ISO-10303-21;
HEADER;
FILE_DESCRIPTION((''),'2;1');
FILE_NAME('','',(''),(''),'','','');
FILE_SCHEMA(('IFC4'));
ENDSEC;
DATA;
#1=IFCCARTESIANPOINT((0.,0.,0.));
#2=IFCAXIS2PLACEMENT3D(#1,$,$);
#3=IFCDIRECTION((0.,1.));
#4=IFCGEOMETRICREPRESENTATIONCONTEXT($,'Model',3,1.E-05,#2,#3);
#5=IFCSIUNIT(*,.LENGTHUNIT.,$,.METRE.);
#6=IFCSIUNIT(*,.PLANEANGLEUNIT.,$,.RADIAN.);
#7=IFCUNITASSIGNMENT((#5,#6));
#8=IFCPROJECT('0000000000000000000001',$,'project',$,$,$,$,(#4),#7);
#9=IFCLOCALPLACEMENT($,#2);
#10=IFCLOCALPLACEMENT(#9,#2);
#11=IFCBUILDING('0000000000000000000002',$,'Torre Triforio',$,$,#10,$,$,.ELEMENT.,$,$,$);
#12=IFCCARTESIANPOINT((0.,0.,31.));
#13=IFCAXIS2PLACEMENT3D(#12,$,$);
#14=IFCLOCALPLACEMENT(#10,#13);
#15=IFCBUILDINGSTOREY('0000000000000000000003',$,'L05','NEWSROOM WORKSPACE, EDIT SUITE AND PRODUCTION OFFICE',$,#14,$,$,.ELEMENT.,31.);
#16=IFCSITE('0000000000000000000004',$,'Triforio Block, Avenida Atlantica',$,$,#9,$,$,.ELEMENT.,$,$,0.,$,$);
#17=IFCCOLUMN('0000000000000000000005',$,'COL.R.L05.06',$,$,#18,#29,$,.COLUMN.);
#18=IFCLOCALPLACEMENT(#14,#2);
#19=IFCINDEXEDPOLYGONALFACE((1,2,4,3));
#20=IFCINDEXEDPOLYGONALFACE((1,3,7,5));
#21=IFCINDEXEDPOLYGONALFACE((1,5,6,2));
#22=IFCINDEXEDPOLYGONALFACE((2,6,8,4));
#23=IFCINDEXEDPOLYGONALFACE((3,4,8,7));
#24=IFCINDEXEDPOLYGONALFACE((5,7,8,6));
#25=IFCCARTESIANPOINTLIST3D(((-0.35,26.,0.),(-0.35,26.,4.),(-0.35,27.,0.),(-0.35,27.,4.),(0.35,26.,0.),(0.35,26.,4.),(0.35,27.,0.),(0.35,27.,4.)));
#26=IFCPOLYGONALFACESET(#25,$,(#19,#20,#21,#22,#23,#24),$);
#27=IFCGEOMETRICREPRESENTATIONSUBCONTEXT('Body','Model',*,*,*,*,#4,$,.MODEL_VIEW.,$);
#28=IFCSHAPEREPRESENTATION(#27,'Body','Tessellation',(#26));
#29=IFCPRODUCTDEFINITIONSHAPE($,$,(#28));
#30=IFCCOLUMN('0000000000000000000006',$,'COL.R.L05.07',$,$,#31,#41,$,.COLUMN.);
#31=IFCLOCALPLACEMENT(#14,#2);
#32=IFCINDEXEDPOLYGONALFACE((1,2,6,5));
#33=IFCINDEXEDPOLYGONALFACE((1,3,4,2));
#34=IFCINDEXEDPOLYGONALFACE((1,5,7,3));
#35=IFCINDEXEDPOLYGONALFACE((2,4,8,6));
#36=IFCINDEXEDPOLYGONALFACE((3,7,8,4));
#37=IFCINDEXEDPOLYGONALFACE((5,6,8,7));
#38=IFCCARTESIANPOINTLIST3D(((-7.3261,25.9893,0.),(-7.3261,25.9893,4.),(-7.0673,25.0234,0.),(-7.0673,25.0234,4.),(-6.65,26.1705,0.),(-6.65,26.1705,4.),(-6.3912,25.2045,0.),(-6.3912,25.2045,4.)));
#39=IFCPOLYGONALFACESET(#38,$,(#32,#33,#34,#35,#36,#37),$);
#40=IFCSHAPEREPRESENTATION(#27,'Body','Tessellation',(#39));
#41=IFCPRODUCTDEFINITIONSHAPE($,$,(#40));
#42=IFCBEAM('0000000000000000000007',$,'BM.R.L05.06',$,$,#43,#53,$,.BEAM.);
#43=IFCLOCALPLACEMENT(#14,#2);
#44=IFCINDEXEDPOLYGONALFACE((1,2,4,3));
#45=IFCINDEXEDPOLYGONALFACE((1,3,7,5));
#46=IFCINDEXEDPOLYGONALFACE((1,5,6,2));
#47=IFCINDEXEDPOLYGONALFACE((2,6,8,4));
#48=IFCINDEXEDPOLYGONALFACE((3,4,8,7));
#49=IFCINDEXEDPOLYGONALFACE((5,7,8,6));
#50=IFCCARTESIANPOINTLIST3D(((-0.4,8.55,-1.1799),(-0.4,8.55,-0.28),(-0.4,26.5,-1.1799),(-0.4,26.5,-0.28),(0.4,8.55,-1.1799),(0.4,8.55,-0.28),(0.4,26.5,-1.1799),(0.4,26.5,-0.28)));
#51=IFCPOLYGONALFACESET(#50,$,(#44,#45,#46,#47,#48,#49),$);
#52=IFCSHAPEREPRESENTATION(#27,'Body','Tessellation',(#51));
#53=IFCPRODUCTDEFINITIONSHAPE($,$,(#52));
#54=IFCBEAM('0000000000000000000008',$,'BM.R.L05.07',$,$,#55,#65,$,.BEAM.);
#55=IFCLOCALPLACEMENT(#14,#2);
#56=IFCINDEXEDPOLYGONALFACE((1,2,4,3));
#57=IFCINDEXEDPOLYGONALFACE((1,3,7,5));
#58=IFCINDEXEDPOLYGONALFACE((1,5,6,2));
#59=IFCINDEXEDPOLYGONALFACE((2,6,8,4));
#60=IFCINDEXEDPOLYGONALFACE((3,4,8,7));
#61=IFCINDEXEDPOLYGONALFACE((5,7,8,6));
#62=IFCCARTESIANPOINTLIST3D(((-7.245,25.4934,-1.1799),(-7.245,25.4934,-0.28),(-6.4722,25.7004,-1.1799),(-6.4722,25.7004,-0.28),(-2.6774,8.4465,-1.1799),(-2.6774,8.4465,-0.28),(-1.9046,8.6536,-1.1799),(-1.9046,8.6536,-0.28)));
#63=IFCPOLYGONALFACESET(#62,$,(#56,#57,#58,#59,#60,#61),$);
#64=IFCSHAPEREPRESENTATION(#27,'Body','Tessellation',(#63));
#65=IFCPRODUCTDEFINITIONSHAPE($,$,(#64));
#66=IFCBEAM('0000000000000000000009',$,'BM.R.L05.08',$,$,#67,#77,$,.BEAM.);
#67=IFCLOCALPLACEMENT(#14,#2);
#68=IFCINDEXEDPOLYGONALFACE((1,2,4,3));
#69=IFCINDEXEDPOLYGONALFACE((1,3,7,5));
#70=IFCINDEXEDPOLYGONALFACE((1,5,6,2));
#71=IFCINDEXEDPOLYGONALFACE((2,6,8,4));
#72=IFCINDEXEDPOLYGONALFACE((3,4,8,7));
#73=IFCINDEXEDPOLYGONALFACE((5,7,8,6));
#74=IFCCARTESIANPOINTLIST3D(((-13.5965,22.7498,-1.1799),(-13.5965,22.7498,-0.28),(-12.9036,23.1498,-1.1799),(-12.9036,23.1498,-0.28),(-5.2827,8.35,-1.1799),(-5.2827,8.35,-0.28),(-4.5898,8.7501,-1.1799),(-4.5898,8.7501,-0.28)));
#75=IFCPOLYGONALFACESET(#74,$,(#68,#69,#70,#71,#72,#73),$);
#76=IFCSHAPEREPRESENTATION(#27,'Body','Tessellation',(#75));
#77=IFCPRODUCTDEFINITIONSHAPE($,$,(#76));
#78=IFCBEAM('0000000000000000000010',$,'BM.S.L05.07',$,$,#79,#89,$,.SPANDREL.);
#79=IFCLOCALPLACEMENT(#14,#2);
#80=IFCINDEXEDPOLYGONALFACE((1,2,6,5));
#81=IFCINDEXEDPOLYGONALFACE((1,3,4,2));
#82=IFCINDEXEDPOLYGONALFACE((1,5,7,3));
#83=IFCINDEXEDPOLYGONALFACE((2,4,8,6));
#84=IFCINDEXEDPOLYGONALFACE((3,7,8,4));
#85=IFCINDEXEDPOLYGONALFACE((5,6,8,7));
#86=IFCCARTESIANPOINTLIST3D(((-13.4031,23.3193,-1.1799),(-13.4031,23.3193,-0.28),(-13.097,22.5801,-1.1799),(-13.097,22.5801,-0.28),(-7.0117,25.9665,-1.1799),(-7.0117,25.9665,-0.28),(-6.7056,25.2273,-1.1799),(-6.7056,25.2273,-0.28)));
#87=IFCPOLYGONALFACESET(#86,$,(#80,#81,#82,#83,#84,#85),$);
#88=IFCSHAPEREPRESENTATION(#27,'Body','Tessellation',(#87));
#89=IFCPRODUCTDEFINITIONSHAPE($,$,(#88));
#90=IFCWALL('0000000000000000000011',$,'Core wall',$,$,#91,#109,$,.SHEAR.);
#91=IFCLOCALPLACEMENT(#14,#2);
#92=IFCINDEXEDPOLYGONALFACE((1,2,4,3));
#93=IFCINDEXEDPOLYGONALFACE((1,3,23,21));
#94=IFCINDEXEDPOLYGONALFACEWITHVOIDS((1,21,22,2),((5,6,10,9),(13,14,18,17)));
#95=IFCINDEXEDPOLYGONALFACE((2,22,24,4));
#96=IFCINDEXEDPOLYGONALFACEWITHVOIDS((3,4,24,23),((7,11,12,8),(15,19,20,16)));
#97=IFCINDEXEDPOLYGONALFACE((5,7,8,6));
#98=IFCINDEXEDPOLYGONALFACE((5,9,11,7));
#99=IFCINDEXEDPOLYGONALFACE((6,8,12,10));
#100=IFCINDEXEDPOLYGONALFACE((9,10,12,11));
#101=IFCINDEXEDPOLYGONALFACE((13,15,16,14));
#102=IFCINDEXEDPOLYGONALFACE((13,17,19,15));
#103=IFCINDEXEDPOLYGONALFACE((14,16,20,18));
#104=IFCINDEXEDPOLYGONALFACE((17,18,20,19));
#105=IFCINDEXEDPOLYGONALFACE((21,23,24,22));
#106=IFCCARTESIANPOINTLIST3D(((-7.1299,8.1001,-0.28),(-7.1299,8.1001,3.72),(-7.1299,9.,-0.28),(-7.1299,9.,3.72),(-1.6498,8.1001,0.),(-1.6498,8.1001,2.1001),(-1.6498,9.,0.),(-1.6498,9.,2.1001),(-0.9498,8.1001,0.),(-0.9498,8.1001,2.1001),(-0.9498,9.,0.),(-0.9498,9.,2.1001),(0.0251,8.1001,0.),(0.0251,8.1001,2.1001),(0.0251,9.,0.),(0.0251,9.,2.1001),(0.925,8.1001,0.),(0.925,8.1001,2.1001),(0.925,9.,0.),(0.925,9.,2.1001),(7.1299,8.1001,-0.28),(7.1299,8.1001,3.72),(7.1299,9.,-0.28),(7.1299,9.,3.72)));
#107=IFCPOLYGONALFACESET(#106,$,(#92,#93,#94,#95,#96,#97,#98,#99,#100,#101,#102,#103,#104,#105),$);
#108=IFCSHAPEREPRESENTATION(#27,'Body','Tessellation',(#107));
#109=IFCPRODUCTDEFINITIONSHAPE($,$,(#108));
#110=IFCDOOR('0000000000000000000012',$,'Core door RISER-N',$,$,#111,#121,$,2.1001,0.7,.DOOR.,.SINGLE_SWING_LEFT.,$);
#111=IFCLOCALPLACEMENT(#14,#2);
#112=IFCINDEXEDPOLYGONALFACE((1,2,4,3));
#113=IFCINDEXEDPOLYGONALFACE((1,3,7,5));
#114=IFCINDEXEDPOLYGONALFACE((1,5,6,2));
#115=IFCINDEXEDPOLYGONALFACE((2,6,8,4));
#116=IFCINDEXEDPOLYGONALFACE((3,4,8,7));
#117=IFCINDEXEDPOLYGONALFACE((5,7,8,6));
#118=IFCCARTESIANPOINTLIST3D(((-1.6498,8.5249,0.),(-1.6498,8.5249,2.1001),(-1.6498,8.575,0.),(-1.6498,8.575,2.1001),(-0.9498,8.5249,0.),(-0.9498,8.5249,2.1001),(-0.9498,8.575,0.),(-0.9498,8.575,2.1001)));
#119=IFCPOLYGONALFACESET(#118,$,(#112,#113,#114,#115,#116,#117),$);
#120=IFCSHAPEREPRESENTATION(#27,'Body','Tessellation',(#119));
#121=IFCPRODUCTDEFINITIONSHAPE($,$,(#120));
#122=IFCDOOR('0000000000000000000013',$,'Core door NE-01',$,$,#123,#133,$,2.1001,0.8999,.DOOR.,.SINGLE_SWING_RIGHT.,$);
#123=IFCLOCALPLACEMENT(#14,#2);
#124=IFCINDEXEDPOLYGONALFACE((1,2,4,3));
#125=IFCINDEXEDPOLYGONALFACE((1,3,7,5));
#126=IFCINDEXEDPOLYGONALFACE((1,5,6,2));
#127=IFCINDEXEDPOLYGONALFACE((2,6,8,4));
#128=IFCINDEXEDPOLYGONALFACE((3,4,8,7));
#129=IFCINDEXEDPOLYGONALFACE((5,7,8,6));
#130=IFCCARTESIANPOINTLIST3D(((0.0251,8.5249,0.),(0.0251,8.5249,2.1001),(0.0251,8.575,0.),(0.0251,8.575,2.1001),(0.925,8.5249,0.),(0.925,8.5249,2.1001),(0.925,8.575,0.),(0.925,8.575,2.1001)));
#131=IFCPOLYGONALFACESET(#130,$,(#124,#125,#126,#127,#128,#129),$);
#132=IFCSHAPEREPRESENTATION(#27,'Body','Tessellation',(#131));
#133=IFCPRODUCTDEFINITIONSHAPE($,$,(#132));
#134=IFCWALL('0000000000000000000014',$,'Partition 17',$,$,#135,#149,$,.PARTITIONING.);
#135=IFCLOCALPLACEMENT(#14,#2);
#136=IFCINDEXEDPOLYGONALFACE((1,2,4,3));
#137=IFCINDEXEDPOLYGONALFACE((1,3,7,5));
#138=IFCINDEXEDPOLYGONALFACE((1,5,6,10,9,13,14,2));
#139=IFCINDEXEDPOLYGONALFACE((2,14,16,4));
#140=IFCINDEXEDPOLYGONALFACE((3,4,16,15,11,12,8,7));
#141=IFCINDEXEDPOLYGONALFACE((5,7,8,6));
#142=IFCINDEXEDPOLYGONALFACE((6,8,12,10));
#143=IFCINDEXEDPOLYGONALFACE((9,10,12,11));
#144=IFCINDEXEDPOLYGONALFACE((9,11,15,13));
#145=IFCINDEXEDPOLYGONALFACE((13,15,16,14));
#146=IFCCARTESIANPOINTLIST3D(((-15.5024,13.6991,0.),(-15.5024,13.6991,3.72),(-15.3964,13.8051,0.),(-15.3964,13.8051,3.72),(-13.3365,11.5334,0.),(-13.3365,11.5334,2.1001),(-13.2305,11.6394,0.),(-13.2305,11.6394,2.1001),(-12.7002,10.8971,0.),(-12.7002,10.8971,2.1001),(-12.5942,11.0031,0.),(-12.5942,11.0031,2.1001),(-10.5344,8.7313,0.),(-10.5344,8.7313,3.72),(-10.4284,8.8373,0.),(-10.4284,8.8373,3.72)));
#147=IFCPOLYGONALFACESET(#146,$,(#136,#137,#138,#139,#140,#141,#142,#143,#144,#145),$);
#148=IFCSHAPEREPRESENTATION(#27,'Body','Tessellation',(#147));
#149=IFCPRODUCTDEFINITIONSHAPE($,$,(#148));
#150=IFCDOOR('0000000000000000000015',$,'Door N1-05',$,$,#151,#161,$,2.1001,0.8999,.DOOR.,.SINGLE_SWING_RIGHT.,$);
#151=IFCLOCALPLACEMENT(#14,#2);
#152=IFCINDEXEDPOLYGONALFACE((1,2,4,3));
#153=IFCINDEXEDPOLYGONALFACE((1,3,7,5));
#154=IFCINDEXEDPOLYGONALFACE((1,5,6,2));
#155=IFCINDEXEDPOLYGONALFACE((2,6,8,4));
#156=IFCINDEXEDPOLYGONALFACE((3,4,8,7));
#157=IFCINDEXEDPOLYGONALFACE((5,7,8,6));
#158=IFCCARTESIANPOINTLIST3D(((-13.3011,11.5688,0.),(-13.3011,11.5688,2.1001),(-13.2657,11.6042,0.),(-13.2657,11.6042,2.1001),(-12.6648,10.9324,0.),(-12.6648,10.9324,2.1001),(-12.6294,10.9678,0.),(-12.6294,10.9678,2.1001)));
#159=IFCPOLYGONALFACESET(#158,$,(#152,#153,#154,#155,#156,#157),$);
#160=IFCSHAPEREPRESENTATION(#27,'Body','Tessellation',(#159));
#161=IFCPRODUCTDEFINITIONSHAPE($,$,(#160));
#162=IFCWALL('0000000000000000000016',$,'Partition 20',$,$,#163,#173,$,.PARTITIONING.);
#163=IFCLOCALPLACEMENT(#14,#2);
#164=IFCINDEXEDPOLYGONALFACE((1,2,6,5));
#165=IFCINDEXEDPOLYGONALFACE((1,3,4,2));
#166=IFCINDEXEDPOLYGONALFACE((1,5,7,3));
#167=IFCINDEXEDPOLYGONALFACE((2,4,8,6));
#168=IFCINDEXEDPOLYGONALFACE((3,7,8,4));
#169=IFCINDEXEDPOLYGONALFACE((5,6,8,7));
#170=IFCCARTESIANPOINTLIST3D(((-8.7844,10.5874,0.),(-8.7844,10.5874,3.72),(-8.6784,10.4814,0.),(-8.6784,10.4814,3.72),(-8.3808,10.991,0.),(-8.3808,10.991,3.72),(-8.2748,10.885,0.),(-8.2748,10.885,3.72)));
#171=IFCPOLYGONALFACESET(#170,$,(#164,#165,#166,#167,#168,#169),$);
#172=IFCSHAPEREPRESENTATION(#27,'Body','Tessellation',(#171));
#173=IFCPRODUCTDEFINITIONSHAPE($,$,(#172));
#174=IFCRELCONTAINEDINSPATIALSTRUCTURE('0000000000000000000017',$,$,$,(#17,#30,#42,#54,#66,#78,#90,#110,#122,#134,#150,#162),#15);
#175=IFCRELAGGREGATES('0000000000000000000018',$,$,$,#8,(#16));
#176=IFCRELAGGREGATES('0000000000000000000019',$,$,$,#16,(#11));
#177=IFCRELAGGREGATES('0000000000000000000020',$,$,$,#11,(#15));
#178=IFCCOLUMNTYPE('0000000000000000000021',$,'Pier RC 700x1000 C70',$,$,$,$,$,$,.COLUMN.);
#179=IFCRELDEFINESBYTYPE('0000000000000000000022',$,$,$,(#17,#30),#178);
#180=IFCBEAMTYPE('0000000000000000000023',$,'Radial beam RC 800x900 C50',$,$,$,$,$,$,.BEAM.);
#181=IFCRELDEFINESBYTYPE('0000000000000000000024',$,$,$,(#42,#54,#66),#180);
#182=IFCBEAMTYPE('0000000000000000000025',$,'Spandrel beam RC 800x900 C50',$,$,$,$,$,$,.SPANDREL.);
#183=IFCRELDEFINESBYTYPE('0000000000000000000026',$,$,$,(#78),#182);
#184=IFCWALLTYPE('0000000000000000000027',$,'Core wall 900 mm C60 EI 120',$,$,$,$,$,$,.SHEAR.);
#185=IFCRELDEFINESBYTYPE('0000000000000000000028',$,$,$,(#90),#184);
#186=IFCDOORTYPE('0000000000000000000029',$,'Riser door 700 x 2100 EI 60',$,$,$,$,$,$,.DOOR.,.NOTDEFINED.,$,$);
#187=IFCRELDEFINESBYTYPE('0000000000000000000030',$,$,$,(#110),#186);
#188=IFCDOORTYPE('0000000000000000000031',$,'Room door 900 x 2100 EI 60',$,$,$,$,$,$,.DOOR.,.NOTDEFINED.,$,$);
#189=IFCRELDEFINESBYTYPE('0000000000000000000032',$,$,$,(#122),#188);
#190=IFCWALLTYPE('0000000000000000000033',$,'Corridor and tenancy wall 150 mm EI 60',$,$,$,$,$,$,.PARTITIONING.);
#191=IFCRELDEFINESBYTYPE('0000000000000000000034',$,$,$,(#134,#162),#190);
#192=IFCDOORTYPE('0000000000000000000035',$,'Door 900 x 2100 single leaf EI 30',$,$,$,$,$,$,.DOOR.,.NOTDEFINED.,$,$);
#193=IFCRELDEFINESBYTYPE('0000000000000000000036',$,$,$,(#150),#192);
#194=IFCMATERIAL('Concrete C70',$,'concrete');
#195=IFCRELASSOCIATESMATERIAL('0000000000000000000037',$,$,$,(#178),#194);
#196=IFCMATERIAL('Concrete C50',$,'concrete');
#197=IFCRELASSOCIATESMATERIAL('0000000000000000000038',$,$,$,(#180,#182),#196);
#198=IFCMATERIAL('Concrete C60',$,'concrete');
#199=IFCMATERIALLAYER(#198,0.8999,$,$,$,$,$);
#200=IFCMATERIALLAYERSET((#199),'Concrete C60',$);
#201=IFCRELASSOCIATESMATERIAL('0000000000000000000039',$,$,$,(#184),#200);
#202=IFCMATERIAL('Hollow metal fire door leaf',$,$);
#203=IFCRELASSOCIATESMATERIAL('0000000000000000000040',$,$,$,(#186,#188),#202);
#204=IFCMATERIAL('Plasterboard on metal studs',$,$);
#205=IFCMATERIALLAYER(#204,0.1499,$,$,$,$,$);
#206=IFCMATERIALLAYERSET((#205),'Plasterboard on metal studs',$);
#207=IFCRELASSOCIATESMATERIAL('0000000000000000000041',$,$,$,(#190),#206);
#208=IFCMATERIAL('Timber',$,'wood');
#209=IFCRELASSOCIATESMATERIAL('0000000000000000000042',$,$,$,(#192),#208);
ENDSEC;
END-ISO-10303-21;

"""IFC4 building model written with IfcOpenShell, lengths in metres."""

from ifc_helpers import new_model, si_unit, direction, frame, frame_2d, origin, origin_2d, place, context, subcontext, project, spatial, rectangle, extrude, material, layer, layer_set, material_profile, profile_set, type_object, element, fill, save


model = new_model("IFC4")

# Units and contexts
model_context = context("Model", 3, precision=1e-05, world=origin(), true_north=direction((0.0, 1.0)))
body_context = subcontext(model_context, "Body", "Model", "MODEL_VIEW")
ifc_project = project(units=[si_unit("LENGTHUNIT", "METRE"), si_unit("PLANEANGLEUNIT", "RADIAN")], contexts=[model_context])

# Site, building, storey
site_placement = place(None, origin())
site = spatial("IfcSite", under=ifc_project, at=site_placement, Name="Triforio Block, Avenida Atlantica", CompositionType="ELEMENT", RefElevation=0.0)
building_placement = place(site_placement, origin())
building = spatial("IfcBuilding", under=site, at=building_placement, Name="Torre Triforio", CompositionType="ELEMENT")
storey_placement = place(building_placement, frame((0.0, 0.0, 31.0)))
storey = spatial("IfcBuildingStorey", under=building, at=storey_placement, Name="L05", Description="NEWSROOM WORKSPACE, EDIT SUITE AND PRODUCTION OFFICE", CompositionType="ELEMENT", Elevation=31.0)

# Columns
ifc_material_1 = material(Name="Concrete C70", Category="concrete")
ifc_material_profile_1 = material_profile(ifc_material_1, rectangle(XDim=0.7, YDim=1.0, at=origin_2d()), Name="RC 700x1000")
ifc_profile_set_1 = profile_set([ifc_material_profile_1], Name="Concrete C70")
column_type = type_object("IfcColumnType", Name="Pier RC 700x1000 C70", PredefinedType="COLUMN", material=ifc_profile_set_1)
for number, where, z_axis, x_axis, name in (
    (1, (0.0, 26.5, 0.0), (0.0, 0.0, 1.0), (-1.0, 0.0, 0.0), "COL.R.L05.06"),
    (2, (-6.8586, 25.5969, 0.0), (0.0, 0.0, 1.0), (-0.965926, -0.258819, 0.0), "COL.R.L05.07"),
):
    element("IfcColumn", number, at=place(storey_placement, frame(where, z_axis=z_axis, x_axis=x_axis)), inside=storey, type_object=column_type, Name=name, PredefinedType="COLUMN", context=body_context, shape_type="SweptSolid", body=[
        extrude(rectangle(XDim=0.7, YDim=1.0, at=origin_2d()), origin(), (0.0, 0.0, 1.0), 4.0),
    ])

# Beams
ifc_material_2 = material(Name="Concrete C50", Category="concrete")
ifc_material_profile_2 = material_profile(ifc_material_2, rectangle(XDim=0.8, YDim=0.8999, at=origin_2d()), Name="RC 800x900")
ifc_profile_set_2 = profile_set([ifc_material_profile_2], Name="Concrete C50")
beam_type_1 = type_object("IfcBeamType", Name="Radial beam RC 800x900 C50", PredefinedType="BEAM", material=ifc_profile_set_2)
beam_1_placement = place(storey_placement, frame((0.0, 8.55, -0.73), z_axis=(0.0, 1.0, 0.0), x_axis=(-1.0, 0.0, 0.0)))
element("IfcBeam", 3, at=beam_1_placement, inside=storey, type_object=beam_type_1, Name="BM.R.L05.06", PredefinedType="BEAM", context=body_context, shape_type="SweptSolid", body=[
    extrude(rectangle(XDim=0.8, YDim=0.8999, at=origin_2d()), origin(), (0.0, 0.0, 1.0), 17.95),
])
beam_2_placement = place(storey_placement, frame((-2.291, 8.55, -0.73), z_axis=(-0.258815, 0.965927, 0.0), x_axis=(-0.965927, -0.258815, 0.0)))
element("IfcBeam", 4, at=beam_2_placement, inside=storey, type_object=beam_type_1, Name="BM.R.L05.07", PredefinedType="BEAM", context=body_context, shape_type="SweptSolid", body=[
    extrude(rectangle(XDim=0.8, YDim=0.8999, at=origin_2d()), origin(), (0.0, 0.0, 1.0), 17.6482),
])
beam_3_placement = place(storey_placement, frame((-4.9363, 8.55, -0.73), z_axis=(-0.500003, 0.866023, 0.0), x_axis=(-0.866023, -0.500003, 0.0)))
element("IfcBeam", 5, at=beam_3_placement, inside=storey, type_object=beam_type_1, Name="BM.R.L05.08", PredefinedType="BEAM", context=body_context, shape_type="SweptSolid", body=[
    extrude(rectangle(XDim=0.8, YDim=0.8999, at=origin_2d()), origin(), (0.0, 0.0, 1.0), 16.6274),
])
ifc_material_profile_3 = material_profile(ifc_material_2, rectangle(XDim=0.8, YDim=0.8999, at=origin_2d()), Name="RC 800x900")
ifc_profile_set_3 = profile_set([ifc_material_profile_3], Name="Concrete C50")
beam_type_2 = type_object("IfcBeamType", Name="Spandrel beam RC 800x900 C50", PredefinedType="SPANDREL", material=ifc_profile_set_3)
beam_4_placement = place(storey_placement, frame((-6.8586, 25.5969, -0.73), z_axis=(-0.923888, -0.382662, 0.0), x_axis=(0.382662, -0.923888, 0.0)))
element("IfcBeam", 6, at=beam_4_placement, inside=storey, type_object=beam_type_2, Name="BM.S.L05.07", PredefinedType="SPANDREL", context=body_context, shape_type="SweptSolid", body=[
    extrude(rectangle(XDim=0.8, YDim=0.8999, at=origin_2d()), origin(), (0.0, 0.0, 1.0), 6.918),
])

# Wall, openings, doors
ifc_material_3 = material(Name="Concrete C60", Category="concrete")
ifc_layer_1 = layer(ifc_material_3, 0.8999)
ifc_layer_set_1 = layer_set([ifc_layer_1], Name="Concrete C60")
wall_type_1 = type_object("IfcWallType", Name="Core wall 900 mm C60 EI 120", PredefinedType="SHEAR", material=ifc_layer_set_1)
wall_1_placement = place(storey_placement, frame((-7.1299, 8.55, -0.28), z_axis=(0.0, 0.0, 1.0), x_axis=(1.0, 0.0, 0.0)))
wall_1 = element("IfcWall", 7, at=wall_1_placement, inside=storey, type_object=wall_type_1, Name="Core wall", PredefinedType="SHEAR", context=body_context, shape_type="SweptSolid", body=[
    extrude(rectangle(XDim=14.2598, YDim=0.8999, at=frame_2d((7.1299, 0.0))), origin(), (0.0, 0.0, 1.0), 4.0),
])
opening_1_placement = place(wall_1_placement, frame((5.48, 0.0, 0.28)))
opening_1 = element("IfcOpeningElement", 8, at=opening_1_placement, cuts=wall_1, PredefinedType="OPENING", context=body_context, shape_type="SweptSolid", body=[
    extrude(rectangle(XDim=0.7, YDim=2.1001, at=frame_2d((0.3501, 1.05))), frame((0.0, 0.46, 0.0), z_axis=(0.0, -1.0, 0.0), x_axis=(1.0, 0.0, 0.0)), (0.0, 0.0, 1.0), 0.9199),
])
opening_2_placement = place(wall_1_placement, frame((7.155, 0.0, 0.28)))
opening_2 = element("IfcOpeningElement", 9, at=opening_2_placement, cuts=wall_1, PredefinedType="OPENING", context=body_context, shape_type="SweptSolid", body=[
    extrude(rectangle(XDim=0.8999, YDim=2.1001, at=frame_2d((0.45, 1.05))), frame((0.0, 0.46, 0.0), z_axis=(0.0, -1.0, 0.0), x_axis=(1.0, 0.0, 0.0)), (0.0, 0.0, 1.0), 0.9199),
])
ifc_material_4 = material(Name="Hollow metal fire door leaf")
door_type_1 = type_object("IfcDoorType", Name="Riser door 700 x 2100 EI 60", OperationType="NOTDEFINED", PredefinedType="DOOR", material=ifc_material_4)
door_1_placement = place(opening_1_placement, origin())
door_1 = element("IfcDoor", 10, at=door_1_placement, inside=storey, type_object=door_type_1, Name="Core door RISER-N", OperationType="SINGLE_SWING_LEFT", OverallHeight=2.1001, OverallWidth=0.7, PredefinedType="DOOR", context=body_context, shape_type="SweptSolid", body=[
    extrude(rectangle(XDim=0.7, YDim=2.1001, at=frame_2d((0.3501, 1.05))), frame((0.0, 0.0249, 0.0), z_axis=(0.0, -1.0, 0.0), x_axis=(1.0, 0.0, 0.0)), (0.0, 0.0, 1.0), 0.05),
])
fill(opening_1, door_1)
door_type_2 = type_object("IfcDoorType", Name="Room door 900 x 2100 EI 60", OperationType="NOTDEFINED", PredefinedType="DOOR", material=ifc_material_4)
door_2_placement = place(opening_2_placement, origin())
door_2 = element("IfcDoor", 11, at=door_2_placement, inside=storey, type_object=door_type_2, Name="Core door NE-01", OperationType="SINGLE_SWING_RIGHT", OverallHeight=2.1001, OverallWidth=0.8999, PredefinedType="DOOR", context=body_context, shape_type="SweptSolid", body=[
    extrude(rectangle(XDim=0.8999, YDim=2.1001, at=frame_2d((0.45, 1.05))), frame((0.0, 0.0249, 0.0), z_axis=(0.0, -1.0, 0.0), x_axis=(1.0, 0.0, 0.0)), (0.0, 0.0, 1.0), 0.05),
])
fill(opening_2, door_2)

# Wall, opening, door
ifc_material_5 = material(Name="Plasterboard on metal studs")
ifc_layer_2 = layer(ifc_material_5, 0.1499)
ifc_layer_set_2 = layer_set([ifc_layer_2], Name="Plasterboard on metal studs")
wall_type_2 = type_object("IfcWallType", Name="Corridor and tenancy wall 150 mm EI 60", PredefinedType="PARTITIONING", material=ifc_layer_set_2)
wall_2_placement = place(storey_placement, frame((-10.4814, 8.7844, 0.0), z_axis=(0.0, 0.0, 1.0), x_axis=(-0.707124, 0.707089, 0.0)))
wall_2 = element("IfcWall", 12, at=wall_2_placement, inside=storey, type_object=wall_type_2, Name="Partition 17", PredefinedType="PARTITIONING", context=body_context, shape_type="SweptSolid", body=[
    extrude(rectangle(XDim=7.0256, YDim=0.1499, at=frame_2d((3.5127, 0.0))), origin(), (0.0, 0.0, 1.0), 3.72),
])
opening_3_placement = place(wall_2_placement, frame((3.0627, 0.0, 0.0)))
opening_3 = element("IfcOpeningElement", 13, at=opening_3_placement, cuts=wall_2, PredefinedType="OPENING", context=body_context, shape_type="SweptSolid", body=[
    extrude(rectangle(XDim=0.8999, YDim=2.1001, at=frame_2d((0.45, 1.05))), frame((0.0, 0.085, 0.0), z_axis=(0.0, -1.0, 0.0), x_axis=(1.0, 0.0, 0.0)), (0.0, 0.0, 1.0), 0.1699),
])
ifc_material_6 = material(Name="Timber", Category="wood")
door_type_3 = type_object("IfcDoorType", Name="Door 900 x 2100 single leaf EI 30", OperationType="NOTDEFINED", PredefinedType="DOOR", material=ifc_material_6)
door_3_placement = place(opening_3_placement, origin())
door_3 = element("IfcDoor", 14, at=door_3_placement, inside=storey, type_object=door_type_3, Name="Door N1-05", OperationType="SINGLE_SWING_RIGHT", OverallHeight=2.1001, OverallWidth=0.8999, PredefinedType="DOOR", context=body_context, shape_type="SweptSolid", body=[
    extrude(rectangle(XDim=0.8999, YDim=2.1001, at=frame_2d((0.45, 1.05))), frame((0.0, 0.0249, 0.0), z_axis=(0.0, -1.0, 0.0), x_axis=(1.0, 0.0, 0.0)), (0.0, 0.0, 1.0), 0.05),
])
fill(opening_3, door_3)

# Wall
wall_3_placement = place(storey_placement, frame((-8.7314, 10.5344, 0.0), z_axis=(0.0, 0.0, 1.0), x_axis=(0.707107, 0.707107, 0.0)))
element("IfcWall", 15, at=wall_3_placement, inside=storey, type_object=wall_type_2, Name="Partition 20", PredefinedType="PARTITIONING", context=body_context, shape_type="SweptSolid", body=[
    extrude(rectangle(XDim=0.5708, YDim=0.1499, at=frame_2d((0.2854, 0.0))), origin(), (0.0, 0.0, 1.0), 3.72),
])

save(model, "model.ifc")
